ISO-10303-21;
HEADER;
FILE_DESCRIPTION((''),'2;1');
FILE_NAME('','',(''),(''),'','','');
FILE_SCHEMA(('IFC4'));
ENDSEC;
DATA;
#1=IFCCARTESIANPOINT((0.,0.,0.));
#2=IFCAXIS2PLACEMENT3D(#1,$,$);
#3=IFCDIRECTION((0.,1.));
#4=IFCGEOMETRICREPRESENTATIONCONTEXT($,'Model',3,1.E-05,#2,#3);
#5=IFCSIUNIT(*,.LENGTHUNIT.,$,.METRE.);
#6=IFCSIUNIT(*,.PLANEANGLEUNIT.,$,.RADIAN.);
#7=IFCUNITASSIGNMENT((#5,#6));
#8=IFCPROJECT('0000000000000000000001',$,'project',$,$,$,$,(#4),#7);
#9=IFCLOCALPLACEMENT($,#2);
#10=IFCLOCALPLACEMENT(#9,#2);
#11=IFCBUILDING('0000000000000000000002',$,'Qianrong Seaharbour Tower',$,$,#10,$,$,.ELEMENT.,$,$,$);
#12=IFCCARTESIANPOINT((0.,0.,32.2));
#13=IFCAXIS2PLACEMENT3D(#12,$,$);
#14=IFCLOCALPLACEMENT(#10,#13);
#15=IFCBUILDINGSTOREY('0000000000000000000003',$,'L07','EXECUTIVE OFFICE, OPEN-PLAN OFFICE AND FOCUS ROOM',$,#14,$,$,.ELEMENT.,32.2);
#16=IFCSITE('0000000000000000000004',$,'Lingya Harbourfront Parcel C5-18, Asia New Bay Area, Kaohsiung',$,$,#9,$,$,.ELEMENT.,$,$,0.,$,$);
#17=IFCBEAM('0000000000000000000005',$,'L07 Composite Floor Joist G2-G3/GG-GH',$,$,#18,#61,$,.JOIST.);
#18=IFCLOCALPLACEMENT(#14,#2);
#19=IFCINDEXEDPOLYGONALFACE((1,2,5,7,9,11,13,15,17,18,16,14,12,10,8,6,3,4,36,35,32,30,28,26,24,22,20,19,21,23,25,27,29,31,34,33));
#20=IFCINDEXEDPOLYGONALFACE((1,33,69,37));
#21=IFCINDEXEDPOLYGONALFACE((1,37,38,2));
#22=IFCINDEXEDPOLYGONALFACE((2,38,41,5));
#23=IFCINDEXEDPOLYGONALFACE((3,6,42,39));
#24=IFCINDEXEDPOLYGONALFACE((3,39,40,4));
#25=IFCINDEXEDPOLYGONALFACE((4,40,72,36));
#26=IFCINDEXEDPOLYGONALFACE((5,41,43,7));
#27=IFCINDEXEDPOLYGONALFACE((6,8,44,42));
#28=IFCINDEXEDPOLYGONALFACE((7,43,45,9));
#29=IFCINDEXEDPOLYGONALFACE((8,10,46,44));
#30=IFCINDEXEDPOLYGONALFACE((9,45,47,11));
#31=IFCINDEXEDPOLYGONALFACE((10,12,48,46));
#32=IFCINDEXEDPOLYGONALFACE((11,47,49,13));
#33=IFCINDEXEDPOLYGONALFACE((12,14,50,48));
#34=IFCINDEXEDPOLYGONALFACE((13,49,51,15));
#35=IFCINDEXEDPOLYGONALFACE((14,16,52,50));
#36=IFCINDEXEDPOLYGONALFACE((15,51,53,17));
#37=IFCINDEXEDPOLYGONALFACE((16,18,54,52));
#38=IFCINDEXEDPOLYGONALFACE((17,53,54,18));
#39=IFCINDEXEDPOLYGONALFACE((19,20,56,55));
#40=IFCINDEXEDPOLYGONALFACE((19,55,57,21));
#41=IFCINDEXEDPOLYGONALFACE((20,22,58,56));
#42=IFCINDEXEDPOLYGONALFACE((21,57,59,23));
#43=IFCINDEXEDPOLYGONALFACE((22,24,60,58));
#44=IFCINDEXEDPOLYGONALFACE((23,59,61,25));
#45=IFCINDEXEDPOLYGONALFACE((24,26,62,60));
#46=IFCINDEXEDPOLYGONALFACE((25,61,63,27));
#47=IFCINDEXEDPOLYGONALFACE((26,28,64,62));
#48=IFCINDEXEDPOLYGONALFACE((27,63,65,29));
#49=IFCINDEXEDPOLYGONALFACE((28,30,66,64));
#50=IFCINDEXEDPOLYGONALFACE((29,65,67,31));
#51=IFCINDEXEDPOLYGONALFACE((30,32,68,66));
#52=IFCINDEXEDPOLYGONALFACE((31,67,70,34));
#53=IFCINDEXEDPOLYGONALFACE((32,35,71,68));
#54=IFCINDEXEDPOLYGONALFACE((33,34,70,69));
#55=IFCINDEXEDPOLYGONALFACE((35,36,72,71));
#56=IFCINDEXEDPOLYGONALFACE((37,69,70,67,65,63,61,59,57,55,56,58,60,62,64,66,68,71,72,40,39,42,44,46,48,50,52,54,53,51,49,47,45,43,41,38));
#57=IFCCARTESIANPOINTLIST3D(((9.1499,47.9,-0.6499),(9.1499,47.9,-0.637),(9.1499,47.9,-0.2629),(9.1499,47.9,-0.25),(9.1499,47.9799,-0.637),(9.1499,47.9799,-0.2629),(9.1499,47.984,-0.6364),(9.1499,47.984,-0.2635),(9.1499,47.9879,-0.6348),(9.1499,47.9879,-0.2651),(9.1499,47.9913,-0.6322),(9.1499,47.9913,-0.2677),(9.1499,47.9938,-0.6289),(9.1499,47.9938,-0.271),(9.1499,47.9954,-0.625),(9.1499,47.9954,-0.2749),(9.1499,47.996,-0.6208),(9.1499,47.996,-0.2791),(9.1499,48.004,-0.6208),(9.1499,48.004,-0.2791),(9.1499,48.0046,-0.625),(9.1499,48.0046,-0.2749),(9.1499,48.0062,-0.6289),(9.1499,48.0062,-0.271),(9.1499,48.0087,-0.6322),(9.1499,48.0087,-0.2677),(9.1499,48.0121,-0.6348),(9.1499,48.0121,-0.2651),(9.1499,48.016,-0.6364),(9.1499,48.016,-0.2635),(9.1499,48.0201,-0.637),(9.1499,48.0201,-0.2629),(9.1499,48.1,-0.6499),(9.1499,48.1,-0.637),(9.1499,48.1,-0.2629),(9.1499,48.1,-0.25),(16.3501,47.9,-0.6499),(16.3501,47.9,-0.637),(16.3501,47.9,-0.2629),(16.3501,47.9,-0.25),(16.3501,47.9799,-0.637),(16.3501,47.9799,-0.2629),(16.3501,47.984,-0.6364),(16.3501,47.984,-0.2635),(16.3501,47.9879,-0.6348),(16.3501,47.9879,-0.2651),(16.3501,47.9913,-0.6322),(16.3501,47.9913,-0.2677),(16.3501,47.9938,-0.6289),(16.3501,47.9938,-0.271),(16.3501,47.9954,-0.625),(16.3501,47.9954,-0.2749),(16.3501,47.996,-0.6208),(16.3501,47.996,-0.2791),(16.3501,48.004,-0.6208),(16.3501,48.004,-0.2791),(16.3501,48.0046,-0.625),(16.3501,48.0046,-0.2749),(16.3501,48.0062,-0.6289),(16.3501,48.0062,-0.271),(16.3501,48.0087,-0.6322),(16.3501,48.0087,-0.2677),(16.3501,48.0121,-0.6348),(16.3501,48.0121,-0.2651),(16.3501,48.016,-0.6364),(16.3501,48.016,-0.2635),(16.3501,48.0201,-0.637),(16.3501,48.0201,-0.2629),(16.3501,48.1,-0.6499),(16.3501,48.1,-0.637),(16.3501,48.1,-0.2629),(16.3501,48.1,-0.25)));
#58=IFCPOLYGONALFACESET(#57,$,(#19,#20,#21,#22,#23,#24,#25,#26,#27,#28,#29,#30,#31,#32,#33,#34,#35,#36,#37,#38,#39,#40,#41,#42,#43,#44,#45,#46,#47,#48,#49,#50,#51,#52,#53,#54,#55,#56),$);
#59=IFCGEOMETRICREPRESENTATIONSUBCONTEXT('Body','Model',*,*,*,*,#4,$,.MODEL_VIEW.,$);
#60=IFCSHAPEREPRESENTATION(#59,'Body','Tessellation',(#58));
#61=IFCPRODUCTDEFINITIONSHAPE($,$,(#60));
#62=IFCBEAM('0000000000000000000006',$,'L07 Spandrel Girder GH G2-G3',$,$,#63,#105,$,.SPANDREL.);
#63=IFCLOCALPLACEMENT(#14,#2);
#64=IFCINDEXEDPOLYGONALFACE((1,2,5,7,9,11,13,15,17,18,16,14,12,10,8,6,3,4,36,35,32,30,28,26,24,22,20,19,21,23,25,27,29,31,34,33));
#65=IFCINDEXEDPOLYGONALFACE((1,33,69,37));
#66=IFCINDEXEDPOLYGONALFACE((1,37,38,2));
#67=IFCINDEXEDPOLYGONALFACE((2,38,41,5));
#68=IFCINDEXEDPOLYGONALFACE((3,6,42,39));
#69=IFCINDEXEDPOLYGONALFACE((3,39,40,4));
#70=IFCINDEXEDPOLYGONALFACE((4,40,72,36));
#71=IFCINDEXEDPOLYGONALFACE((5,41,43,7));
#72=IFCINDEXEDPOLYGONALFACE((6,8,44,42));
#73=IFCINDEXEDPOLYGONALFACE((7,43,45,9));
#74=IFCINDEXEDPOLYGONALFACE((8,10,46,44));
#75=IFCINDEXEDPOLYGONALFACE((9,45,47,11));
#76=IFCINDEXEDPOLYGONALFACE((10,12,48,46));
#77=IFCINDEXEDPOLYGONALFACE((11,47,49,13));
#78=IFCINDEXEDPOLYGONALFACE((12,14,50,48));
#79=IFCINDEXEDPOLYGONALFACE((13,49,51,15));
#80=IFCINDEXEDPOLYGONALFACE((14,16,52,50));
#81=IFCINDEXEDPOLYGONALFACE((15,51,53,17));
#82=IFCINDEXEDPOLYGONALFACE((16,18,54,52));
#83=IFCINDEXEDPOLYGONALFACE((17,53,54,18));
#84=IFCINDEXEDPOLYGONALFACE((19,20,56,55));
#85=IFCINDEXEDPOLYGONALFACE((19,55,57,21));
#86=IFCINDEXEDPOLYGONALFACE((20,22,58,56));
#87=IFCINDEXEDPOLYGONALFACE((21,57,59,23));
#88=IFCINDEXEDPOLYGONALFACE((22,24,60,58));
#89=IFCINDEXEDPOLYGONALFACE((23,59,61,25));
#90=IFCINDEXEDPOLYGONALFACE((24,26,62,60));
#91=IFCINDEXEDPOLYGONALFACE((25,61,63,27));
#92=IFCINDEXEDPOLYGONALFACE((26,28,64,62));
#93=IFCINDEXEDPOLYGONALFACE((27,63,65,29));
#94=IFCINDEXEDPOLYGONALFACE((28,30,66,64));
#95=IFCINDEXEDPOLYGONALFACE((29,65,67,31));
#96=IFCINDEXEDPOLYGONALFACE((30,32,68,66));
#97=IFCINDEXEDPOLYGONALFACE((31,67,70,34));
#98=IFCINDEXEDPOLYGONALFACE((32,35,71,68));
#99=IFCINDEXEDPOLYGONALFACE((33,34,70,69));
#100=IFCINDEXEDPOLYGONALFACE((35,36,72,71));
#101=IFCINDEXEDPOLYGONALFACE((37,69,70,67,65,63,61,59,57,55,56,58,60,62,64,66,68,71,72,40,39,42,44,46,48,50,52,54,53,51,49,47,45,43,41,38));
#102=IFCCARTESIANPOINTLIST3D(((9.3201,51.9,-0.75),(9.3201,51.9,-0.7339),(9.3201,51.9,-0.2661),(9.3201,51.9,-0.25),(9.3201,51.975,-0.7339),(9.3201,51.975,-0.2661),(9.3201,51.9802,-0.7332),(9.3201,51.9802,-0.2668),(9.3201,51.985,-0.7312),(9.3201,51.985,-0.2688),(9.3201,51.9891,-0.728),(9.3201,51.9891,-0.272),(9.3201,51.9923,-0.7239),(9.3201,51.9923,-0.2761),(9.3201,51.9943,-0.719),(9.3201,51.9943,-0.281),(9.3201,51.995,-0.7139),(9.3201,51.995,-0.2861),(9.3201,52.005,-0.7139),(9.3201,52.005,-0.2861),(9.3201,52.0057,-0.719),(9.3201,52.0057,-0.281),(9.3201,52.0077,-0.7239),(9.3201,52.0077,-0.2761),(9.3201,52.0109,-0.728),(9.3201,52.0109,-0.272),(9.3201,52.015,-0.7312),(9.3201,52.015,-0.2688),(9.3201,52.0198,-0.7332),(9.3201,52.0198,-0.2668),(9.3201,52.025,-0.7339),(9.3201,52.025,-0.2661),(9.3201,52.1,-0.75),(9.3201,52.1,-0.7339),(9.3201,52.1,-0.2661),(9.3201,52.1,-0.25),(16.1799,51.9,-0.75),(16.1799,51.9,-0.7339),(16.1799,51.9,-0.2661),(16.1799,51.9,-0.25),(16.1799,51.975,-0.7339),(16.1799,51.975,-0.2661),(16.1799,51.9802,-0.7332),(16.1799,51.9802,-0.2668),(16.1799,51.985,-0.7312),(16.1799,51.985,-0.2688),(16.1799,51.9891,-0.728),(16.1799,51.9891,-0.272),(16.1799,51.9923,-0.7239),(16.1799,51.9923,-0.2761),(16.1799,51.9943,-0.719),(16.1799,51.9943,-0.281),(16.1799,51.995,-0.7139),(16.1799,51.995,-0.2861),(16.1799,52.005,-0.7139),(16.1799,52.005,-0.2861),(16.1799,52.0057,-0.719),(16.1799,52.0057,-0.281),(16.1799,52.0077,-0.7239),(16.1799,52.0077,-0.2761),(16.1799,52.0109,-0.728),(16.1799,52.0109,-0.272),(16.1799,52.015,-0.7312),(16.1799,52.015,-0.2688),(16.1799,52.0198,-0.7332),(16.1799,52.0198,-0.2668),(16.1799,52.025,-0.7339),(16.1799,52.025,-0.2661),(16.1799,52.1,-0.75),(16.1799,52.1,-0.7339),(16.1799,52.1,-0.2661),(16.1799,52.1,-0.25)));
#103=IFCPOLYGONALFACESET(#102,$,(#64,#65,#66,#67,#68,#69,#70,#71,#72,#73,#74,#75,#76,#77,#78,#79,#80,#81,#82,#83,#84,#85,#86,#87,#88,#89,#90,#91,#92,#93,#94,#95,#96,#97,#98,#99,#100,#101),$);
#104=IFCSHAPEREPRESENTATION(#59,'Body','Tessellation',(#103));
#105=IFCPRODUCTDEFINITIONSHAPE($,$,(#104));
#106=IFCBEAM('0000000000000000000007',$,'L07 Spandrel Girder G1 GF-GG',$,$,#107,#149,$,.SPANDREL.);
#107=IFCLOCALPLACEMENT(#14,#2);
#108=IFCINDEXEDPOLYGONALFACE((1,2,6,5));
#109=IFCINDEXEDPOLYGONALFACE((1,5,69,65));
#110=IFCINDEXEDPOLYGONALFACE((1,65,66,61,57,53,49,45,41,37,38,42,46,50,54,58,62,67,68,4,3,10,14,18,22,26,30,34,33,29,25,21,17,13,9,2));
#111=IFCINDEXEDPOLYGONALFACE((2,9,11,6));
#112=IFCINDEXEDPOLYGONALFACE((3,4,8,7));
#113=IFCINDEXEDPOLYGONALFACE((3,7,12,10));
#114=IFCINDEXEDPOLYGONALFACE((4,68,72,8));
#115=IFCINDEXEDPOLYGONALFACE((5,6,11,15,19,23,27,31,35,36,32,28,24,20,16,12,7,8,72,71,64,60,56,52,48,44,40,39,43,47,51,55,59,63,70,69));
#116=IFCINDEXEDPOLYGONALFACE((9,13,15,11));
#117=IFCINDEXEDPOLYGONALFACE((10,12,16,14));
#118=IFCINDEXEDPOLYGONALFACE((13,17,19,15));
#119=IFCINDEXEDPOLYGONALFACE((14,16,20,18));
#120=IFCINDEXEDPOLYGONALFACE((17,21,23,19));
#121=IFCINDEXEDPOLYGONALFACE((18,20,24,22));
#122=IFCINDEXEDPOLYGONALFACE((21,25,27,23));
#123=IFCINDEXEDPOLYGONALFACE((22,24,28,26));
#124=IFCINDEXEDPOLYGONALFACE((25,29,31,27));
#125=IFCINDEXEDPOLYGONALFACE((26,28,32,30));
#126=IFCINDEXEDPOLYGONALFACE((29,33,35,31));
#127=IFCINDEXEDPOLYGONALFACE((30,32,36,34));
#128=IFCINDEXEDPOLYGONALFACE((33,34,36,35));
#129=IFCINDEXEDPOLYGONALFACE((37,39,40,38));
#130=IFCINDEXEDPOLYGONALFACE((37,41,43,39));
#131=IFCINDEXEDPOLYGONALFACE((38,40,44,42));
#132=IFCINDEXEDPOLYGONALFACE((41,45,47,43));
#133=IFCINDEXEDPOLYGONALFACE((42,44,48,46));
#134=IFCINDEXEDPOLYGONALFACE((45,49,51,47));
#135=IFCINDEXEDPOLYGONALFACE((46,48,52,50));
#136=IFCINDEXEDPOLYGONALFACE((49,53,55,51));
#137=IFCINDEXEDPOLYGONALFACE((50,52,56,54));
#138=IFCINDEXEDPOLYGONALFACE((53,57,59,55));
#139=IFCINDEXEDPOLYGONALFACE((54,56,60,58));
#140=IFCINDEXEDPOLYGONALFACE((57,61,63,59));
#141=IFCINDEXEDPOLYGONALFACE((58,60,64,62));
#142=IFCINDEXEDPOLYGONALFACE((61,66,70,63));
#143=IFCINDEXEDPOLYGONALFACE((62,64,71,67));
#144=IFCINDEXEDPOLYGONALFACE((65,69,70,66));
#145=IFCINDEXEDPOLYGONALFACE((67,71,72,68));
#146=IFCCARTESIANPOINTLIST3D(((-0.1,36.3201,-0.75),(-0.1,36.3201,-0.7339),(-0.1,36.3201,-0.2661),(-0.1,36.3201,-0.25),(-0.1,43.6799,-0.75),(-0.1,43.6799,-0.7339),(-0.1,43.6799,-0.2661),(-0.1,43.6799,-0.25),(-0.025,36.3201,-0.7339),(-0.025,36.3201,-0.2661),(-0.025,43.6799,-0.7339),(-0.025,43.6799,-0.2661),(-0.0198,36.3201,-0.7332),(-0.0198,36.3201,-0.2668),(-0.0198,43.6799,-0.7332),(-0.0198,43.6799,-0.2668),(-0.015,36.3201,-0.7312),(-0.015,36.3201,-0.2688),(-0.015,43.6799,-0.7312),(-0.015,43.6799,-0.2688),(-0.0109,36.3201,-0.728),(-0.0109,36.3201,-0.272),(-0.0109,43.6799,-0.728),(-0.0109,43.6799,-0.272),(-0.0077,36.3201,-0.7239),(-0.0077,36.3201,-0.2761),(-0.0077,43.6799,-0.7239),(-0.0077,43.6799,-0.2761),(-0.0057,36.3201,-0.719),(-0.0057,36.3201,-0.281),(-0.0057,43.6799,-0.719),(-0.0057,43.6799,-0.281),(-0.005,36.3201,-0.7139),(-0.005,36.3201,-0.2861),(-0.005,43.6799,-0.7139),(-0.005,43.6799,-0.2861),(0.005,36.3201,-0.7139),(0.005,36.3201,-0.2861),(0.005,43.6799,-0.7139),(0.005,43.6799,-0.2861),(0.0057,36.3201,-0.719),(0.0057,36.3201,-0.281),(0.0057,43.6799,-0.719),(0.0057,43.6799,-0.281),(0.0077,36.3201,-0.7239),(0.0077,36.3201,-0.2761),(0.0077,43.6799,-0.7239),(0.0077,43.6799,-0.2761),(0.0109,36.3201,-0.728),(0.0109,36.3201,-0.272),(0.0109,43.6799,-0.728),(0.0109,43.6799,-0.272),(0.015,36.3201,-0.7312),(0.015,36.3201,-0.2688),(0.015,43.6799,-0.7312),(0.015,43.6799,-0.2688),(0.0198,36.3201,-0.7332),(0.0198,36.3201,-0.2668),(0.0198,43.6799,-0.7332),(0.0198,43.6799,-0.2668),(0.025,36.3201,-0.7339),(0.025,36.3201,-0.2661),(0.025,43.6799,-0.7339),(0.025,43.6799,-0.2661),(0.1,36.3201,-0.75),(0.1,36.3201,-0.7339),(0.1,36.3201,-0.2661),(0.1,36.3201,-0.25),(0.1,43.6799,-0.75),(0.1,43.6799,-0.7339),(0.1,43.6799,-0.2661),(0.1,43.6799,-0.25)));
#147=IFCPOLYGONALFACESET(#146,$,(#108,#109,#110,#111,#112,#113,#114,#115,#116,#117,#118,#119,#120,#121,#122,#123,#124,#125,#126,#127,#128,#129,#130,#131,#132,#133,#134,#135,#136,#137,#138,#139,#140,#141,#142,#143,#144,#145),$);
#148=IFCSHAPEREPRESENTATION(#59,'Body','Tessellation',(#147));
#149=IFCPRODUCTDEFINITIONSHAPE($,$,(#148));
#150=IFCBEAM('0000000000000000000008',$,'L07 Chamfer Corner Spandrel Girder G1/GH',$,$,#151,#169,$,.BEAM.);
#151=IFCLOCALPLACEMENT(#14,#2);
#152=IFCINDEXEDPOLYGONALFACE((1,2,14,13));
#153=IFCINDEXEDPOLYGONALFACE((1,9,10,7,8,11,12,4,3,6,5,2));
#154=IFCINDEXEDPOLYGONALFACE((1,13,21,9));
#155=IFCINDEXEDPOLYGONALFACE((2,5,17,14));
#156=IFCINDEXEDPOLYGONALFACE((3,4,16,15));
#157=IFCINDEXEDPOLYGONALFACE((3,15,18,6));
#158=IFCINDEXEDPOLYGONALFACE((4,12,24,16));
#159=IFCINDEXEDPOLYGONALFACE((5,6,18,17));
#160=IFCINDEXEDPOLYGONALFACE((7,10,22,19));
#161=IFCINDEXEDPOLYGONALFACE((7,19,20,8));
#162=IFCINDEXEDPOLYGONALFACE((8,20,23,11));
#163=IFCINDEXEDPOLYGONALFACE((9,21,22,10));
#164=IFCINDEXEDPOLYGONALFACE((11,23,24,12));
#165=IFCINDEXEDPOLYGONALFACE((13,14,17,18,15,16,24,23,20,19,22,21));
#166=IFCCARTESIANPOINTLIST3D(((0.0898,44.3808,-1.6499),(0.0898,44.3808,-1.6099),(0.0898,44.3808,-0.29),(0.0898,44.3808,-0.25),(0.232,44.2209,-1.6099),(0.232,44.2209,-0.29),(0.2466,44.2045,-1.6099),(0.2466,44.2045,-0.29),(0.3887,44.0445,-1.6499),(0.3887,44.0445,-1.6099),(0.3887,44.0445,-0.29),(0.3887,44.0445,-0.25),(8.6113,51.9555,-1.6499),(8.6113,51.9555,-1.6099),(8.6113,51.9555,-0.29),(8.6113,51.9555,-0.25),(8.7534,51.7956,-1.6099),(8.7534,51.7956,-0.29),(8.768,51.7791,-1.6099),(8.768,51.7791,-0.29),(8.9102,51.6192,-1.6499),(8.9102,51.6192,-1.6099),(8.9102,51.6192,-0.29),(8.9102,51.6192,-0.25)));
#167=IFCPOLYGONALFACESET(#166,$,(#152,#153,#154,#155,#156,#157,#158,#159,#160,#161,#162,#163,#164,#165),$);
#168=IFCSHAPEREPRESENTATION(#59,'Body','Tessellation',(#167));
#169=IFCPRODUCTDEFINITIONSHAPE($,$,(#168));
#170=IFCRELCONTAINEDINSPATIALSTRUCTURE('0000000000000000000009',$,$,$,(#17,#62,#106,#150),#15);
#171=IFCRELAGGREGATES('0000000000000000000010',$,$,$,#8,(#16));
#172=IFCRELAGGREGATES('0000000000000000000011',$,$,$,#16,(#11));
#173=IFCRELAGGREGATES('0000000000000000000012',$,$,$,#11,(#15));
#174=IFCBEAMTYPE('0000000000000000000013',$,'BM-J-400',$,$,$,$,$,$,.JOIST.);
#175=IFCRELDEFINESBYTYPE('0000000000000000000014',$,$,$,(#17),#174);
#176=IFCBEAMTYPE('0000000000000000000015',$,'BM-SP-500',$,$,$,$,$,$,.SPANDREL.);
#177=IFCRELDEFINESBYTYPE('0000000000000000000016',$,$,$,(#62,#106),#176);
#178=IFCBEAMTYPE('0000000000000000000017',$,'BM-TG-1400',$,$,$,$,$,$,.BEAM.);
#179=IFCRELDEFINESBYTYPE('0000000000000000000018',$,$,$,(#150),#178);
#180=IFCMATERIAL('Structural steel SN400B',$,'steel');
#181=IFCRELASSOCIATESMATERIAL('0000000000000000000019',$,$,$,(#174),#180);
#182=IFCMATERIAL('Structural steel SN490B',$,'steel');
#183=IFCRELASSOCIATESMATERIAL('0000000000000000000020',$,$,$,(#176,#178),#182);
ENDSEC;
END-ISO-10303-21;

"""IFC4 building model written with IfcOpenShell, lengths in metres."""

from ifc_helpers import new_model, si_unit, direction, frame, origin, origin_2d, place, context, subcontext, project, spatial, i_section, extrude, material, material_profile, profile_set, type_object, element, save


model = new_model("IFC4")

# Units and contexts
model_context = context("Model", 3, precision=1e-05, world=origin(), true_north=direction((0.0, 1.0)))
body_context = subcontext(model_context, "Body", "Model", "MODEL_VIEW")
ifc_project = project(units=[si_unit("LENGTHUNIT", "METRE"), si_unit("PLANEANGLEUNIT", "RADIAN")], contexts=[model_context])

# Site, building, storey
site_placement = place(None, origin())
site = spatial("IfcSite", under=ifc_project, at=site_placement, Name="Lingya Harbourfront Parcel C5-18, Asia New Bay Area, Kaohsiung", CompositionType="ELEMENT", RefElevation=0.0)
building_placement = place(site_placement, origin())
building = spatial("IfcBuilding", under=site, at=building_placement, Name="Qianrong Seaharbour Tower", CompositionType="ELEMENT")
storey_placement = place(building_placement, frame((0.0, 0.0, 32.2)))
storey = spatial("IfcBuildingStorey", under=building, at=storey_placement, Name="L07", Description="EXECUTIVE OFFICE, OPEN-PLAN OFFICE AND FOCUS ROOM", CompositionType="ELEMENT", Elevation=32.2)

# Shared definitions
ifc_material_1 = material(Name="Structural steel SN490B", Category="steel")

# Beams
ifc_material_2 = material(Name="Structural steel SN400B", Category="steel")
ifc_material_profile_1 = material_profile(ifc_material_2, i_section(OverallWidth=0.2, OverallDepth=0.3999, WebThickness=0.0081, FlangeThickness=0.0129, FilletRadius=0.0161, at=origin_2d()), Name="H400x200x8x13")
ifc_profile_set_1 = profile_set([ifc_material_profile_1], Name="Structural steel SN400B")
beam_type_1 = type_object("IfcBeamType", Name="BM-J-400", PredefinedType="JOIST", material=ifc_profile_set_1)
for number, where, z_axis, x_axis, name in (
    (1, (9.1499, 48.0, -0.45), (1.0, 0.0, 0.0), (0.0, 1.0, 0.0), "L07 Composite Floor Joist G2-G3/GG-GH"),
):
    element("IfcBeam", number, at=place(storey_placement, frame(where, z_axis=z_axis, x_axis=x_axis)), inside=storey, type_object=beam_type_1, Name=name, PredefinedType="JOIST", context=body_context, shape_type="SweptSolid", body=[
        extrude(i_section(OverallWidth=0.2, OverallDepth=0.3999, WebThickness=0.0081, FlangeThickness=0.0129, FilletRadius=0.0161, at=origin_2d()), origin(), (0.0, 0.0, 1.0), 7.2002),
    ])
ifc_material_profile_2 = material_profile(ifc_material_1, i_section(OverallWidth=0.2, OverallDepth=0.5, WebThickness=0.01, FlangeThickness=0.0161, FilletRadius=0.02, at=origin_2d()), Name="H500x200x10x16")
ifc_profile_set_2 = profile_set([ifc_material_profile_2], Name="Structural steel SN490B")
beam_type_2 = type_object("IfcBeamType", Name="BM-SP-500", PredefinedType="SPANDREL", material=ifc_profile_set_2)
beam_1_placement = place(storey_placement, frame((9.3201, 52.0, -0.5), z_axis=(1.0, 0.0, 0.0), x_axis=(0.0, 1.0, 0.0)))
element("IfcBeam", 2, at=beam_1_placement, inside=storey, type_object=beam_type_2, Name="L07 Spandrel Girder GH G2-G3", PredefinedType="SPANDREL", context=body_context, shape_type="SweptSolid", body=[
    extrude(i_section(OverallWidth=0.2, OverallDepth=0.5, WebThickness=0.01, FlangeThickness=0.0161, FilletRadius=0.02, at=origin_2d()), origin(), (0.0, 0.0, 1.0), 6.8599),
])
beam_2_placement = place(storey_placement, frame((0.0, 36.3201, -0.5), z_axis=(0.0, 1.0, 0.0), x_axis=(-1.0, 0.0, 0.0)))
element("IfcBeam", 3, at=beam_2_placement, inside=storey, type_object=beam_type_2, Name="L07 Spandrel Girder G1 GF-GG", PredefinedType="SPANDREL", context=body_context, shape_type="SweptSolid", body=[
    extrude(i_section(OverallWidth=0.2, OverallDepth=0.5, WebThickness=0.01, FlangeThickness=0.0161, FilletRadius=0.02, at=origin_2d()), origin(), (0.0, 0.0, 1.0), 7.3599),
])
ifc_material_profile_3 = material_profile(ifc_material_1, i_section(OverallWidth=0.45, OverallDepth=1.3999, WebThickness=0.022, FlangeThickness=0.04, at=origin_2d()), Name="BH1400x450x22x40")
ifc_profile_set_3 = profile_set([ifc_material_profile_3], Name="Structural steel SN490B")
beam_type_3 = type_object("IfcBeamType", Name="BM-TG-1400", PredefinedType="BEAM", material=ifc_profile_set_3)
beam_3_placement = place(storey_placement, frame((8.7607, 51.7874, -0.95), z_axis=(-0.747407, -0.664366, 0.0), x_axis=(0.664366, -0.747407, 0.0)))
element("IfcBeam", 4, at=beam_3_placement, inside=storey, type_object=beam_type_3, Name="L07 Chamfer Corner Spandrel Girder G1/GH", PredefinedType="BEAM", context=body_context, shape_type="SweptSolid", body=[
    extrude(i_section(OverallWidth=0.45, OverallDepth=1.3999, WebThickness=0.022, FlangeThickness=0.04, at=origin_2d()), origin(), (0.0, 0.0, 1.0), 11.4014),
])

save(model, "model.ifc")
